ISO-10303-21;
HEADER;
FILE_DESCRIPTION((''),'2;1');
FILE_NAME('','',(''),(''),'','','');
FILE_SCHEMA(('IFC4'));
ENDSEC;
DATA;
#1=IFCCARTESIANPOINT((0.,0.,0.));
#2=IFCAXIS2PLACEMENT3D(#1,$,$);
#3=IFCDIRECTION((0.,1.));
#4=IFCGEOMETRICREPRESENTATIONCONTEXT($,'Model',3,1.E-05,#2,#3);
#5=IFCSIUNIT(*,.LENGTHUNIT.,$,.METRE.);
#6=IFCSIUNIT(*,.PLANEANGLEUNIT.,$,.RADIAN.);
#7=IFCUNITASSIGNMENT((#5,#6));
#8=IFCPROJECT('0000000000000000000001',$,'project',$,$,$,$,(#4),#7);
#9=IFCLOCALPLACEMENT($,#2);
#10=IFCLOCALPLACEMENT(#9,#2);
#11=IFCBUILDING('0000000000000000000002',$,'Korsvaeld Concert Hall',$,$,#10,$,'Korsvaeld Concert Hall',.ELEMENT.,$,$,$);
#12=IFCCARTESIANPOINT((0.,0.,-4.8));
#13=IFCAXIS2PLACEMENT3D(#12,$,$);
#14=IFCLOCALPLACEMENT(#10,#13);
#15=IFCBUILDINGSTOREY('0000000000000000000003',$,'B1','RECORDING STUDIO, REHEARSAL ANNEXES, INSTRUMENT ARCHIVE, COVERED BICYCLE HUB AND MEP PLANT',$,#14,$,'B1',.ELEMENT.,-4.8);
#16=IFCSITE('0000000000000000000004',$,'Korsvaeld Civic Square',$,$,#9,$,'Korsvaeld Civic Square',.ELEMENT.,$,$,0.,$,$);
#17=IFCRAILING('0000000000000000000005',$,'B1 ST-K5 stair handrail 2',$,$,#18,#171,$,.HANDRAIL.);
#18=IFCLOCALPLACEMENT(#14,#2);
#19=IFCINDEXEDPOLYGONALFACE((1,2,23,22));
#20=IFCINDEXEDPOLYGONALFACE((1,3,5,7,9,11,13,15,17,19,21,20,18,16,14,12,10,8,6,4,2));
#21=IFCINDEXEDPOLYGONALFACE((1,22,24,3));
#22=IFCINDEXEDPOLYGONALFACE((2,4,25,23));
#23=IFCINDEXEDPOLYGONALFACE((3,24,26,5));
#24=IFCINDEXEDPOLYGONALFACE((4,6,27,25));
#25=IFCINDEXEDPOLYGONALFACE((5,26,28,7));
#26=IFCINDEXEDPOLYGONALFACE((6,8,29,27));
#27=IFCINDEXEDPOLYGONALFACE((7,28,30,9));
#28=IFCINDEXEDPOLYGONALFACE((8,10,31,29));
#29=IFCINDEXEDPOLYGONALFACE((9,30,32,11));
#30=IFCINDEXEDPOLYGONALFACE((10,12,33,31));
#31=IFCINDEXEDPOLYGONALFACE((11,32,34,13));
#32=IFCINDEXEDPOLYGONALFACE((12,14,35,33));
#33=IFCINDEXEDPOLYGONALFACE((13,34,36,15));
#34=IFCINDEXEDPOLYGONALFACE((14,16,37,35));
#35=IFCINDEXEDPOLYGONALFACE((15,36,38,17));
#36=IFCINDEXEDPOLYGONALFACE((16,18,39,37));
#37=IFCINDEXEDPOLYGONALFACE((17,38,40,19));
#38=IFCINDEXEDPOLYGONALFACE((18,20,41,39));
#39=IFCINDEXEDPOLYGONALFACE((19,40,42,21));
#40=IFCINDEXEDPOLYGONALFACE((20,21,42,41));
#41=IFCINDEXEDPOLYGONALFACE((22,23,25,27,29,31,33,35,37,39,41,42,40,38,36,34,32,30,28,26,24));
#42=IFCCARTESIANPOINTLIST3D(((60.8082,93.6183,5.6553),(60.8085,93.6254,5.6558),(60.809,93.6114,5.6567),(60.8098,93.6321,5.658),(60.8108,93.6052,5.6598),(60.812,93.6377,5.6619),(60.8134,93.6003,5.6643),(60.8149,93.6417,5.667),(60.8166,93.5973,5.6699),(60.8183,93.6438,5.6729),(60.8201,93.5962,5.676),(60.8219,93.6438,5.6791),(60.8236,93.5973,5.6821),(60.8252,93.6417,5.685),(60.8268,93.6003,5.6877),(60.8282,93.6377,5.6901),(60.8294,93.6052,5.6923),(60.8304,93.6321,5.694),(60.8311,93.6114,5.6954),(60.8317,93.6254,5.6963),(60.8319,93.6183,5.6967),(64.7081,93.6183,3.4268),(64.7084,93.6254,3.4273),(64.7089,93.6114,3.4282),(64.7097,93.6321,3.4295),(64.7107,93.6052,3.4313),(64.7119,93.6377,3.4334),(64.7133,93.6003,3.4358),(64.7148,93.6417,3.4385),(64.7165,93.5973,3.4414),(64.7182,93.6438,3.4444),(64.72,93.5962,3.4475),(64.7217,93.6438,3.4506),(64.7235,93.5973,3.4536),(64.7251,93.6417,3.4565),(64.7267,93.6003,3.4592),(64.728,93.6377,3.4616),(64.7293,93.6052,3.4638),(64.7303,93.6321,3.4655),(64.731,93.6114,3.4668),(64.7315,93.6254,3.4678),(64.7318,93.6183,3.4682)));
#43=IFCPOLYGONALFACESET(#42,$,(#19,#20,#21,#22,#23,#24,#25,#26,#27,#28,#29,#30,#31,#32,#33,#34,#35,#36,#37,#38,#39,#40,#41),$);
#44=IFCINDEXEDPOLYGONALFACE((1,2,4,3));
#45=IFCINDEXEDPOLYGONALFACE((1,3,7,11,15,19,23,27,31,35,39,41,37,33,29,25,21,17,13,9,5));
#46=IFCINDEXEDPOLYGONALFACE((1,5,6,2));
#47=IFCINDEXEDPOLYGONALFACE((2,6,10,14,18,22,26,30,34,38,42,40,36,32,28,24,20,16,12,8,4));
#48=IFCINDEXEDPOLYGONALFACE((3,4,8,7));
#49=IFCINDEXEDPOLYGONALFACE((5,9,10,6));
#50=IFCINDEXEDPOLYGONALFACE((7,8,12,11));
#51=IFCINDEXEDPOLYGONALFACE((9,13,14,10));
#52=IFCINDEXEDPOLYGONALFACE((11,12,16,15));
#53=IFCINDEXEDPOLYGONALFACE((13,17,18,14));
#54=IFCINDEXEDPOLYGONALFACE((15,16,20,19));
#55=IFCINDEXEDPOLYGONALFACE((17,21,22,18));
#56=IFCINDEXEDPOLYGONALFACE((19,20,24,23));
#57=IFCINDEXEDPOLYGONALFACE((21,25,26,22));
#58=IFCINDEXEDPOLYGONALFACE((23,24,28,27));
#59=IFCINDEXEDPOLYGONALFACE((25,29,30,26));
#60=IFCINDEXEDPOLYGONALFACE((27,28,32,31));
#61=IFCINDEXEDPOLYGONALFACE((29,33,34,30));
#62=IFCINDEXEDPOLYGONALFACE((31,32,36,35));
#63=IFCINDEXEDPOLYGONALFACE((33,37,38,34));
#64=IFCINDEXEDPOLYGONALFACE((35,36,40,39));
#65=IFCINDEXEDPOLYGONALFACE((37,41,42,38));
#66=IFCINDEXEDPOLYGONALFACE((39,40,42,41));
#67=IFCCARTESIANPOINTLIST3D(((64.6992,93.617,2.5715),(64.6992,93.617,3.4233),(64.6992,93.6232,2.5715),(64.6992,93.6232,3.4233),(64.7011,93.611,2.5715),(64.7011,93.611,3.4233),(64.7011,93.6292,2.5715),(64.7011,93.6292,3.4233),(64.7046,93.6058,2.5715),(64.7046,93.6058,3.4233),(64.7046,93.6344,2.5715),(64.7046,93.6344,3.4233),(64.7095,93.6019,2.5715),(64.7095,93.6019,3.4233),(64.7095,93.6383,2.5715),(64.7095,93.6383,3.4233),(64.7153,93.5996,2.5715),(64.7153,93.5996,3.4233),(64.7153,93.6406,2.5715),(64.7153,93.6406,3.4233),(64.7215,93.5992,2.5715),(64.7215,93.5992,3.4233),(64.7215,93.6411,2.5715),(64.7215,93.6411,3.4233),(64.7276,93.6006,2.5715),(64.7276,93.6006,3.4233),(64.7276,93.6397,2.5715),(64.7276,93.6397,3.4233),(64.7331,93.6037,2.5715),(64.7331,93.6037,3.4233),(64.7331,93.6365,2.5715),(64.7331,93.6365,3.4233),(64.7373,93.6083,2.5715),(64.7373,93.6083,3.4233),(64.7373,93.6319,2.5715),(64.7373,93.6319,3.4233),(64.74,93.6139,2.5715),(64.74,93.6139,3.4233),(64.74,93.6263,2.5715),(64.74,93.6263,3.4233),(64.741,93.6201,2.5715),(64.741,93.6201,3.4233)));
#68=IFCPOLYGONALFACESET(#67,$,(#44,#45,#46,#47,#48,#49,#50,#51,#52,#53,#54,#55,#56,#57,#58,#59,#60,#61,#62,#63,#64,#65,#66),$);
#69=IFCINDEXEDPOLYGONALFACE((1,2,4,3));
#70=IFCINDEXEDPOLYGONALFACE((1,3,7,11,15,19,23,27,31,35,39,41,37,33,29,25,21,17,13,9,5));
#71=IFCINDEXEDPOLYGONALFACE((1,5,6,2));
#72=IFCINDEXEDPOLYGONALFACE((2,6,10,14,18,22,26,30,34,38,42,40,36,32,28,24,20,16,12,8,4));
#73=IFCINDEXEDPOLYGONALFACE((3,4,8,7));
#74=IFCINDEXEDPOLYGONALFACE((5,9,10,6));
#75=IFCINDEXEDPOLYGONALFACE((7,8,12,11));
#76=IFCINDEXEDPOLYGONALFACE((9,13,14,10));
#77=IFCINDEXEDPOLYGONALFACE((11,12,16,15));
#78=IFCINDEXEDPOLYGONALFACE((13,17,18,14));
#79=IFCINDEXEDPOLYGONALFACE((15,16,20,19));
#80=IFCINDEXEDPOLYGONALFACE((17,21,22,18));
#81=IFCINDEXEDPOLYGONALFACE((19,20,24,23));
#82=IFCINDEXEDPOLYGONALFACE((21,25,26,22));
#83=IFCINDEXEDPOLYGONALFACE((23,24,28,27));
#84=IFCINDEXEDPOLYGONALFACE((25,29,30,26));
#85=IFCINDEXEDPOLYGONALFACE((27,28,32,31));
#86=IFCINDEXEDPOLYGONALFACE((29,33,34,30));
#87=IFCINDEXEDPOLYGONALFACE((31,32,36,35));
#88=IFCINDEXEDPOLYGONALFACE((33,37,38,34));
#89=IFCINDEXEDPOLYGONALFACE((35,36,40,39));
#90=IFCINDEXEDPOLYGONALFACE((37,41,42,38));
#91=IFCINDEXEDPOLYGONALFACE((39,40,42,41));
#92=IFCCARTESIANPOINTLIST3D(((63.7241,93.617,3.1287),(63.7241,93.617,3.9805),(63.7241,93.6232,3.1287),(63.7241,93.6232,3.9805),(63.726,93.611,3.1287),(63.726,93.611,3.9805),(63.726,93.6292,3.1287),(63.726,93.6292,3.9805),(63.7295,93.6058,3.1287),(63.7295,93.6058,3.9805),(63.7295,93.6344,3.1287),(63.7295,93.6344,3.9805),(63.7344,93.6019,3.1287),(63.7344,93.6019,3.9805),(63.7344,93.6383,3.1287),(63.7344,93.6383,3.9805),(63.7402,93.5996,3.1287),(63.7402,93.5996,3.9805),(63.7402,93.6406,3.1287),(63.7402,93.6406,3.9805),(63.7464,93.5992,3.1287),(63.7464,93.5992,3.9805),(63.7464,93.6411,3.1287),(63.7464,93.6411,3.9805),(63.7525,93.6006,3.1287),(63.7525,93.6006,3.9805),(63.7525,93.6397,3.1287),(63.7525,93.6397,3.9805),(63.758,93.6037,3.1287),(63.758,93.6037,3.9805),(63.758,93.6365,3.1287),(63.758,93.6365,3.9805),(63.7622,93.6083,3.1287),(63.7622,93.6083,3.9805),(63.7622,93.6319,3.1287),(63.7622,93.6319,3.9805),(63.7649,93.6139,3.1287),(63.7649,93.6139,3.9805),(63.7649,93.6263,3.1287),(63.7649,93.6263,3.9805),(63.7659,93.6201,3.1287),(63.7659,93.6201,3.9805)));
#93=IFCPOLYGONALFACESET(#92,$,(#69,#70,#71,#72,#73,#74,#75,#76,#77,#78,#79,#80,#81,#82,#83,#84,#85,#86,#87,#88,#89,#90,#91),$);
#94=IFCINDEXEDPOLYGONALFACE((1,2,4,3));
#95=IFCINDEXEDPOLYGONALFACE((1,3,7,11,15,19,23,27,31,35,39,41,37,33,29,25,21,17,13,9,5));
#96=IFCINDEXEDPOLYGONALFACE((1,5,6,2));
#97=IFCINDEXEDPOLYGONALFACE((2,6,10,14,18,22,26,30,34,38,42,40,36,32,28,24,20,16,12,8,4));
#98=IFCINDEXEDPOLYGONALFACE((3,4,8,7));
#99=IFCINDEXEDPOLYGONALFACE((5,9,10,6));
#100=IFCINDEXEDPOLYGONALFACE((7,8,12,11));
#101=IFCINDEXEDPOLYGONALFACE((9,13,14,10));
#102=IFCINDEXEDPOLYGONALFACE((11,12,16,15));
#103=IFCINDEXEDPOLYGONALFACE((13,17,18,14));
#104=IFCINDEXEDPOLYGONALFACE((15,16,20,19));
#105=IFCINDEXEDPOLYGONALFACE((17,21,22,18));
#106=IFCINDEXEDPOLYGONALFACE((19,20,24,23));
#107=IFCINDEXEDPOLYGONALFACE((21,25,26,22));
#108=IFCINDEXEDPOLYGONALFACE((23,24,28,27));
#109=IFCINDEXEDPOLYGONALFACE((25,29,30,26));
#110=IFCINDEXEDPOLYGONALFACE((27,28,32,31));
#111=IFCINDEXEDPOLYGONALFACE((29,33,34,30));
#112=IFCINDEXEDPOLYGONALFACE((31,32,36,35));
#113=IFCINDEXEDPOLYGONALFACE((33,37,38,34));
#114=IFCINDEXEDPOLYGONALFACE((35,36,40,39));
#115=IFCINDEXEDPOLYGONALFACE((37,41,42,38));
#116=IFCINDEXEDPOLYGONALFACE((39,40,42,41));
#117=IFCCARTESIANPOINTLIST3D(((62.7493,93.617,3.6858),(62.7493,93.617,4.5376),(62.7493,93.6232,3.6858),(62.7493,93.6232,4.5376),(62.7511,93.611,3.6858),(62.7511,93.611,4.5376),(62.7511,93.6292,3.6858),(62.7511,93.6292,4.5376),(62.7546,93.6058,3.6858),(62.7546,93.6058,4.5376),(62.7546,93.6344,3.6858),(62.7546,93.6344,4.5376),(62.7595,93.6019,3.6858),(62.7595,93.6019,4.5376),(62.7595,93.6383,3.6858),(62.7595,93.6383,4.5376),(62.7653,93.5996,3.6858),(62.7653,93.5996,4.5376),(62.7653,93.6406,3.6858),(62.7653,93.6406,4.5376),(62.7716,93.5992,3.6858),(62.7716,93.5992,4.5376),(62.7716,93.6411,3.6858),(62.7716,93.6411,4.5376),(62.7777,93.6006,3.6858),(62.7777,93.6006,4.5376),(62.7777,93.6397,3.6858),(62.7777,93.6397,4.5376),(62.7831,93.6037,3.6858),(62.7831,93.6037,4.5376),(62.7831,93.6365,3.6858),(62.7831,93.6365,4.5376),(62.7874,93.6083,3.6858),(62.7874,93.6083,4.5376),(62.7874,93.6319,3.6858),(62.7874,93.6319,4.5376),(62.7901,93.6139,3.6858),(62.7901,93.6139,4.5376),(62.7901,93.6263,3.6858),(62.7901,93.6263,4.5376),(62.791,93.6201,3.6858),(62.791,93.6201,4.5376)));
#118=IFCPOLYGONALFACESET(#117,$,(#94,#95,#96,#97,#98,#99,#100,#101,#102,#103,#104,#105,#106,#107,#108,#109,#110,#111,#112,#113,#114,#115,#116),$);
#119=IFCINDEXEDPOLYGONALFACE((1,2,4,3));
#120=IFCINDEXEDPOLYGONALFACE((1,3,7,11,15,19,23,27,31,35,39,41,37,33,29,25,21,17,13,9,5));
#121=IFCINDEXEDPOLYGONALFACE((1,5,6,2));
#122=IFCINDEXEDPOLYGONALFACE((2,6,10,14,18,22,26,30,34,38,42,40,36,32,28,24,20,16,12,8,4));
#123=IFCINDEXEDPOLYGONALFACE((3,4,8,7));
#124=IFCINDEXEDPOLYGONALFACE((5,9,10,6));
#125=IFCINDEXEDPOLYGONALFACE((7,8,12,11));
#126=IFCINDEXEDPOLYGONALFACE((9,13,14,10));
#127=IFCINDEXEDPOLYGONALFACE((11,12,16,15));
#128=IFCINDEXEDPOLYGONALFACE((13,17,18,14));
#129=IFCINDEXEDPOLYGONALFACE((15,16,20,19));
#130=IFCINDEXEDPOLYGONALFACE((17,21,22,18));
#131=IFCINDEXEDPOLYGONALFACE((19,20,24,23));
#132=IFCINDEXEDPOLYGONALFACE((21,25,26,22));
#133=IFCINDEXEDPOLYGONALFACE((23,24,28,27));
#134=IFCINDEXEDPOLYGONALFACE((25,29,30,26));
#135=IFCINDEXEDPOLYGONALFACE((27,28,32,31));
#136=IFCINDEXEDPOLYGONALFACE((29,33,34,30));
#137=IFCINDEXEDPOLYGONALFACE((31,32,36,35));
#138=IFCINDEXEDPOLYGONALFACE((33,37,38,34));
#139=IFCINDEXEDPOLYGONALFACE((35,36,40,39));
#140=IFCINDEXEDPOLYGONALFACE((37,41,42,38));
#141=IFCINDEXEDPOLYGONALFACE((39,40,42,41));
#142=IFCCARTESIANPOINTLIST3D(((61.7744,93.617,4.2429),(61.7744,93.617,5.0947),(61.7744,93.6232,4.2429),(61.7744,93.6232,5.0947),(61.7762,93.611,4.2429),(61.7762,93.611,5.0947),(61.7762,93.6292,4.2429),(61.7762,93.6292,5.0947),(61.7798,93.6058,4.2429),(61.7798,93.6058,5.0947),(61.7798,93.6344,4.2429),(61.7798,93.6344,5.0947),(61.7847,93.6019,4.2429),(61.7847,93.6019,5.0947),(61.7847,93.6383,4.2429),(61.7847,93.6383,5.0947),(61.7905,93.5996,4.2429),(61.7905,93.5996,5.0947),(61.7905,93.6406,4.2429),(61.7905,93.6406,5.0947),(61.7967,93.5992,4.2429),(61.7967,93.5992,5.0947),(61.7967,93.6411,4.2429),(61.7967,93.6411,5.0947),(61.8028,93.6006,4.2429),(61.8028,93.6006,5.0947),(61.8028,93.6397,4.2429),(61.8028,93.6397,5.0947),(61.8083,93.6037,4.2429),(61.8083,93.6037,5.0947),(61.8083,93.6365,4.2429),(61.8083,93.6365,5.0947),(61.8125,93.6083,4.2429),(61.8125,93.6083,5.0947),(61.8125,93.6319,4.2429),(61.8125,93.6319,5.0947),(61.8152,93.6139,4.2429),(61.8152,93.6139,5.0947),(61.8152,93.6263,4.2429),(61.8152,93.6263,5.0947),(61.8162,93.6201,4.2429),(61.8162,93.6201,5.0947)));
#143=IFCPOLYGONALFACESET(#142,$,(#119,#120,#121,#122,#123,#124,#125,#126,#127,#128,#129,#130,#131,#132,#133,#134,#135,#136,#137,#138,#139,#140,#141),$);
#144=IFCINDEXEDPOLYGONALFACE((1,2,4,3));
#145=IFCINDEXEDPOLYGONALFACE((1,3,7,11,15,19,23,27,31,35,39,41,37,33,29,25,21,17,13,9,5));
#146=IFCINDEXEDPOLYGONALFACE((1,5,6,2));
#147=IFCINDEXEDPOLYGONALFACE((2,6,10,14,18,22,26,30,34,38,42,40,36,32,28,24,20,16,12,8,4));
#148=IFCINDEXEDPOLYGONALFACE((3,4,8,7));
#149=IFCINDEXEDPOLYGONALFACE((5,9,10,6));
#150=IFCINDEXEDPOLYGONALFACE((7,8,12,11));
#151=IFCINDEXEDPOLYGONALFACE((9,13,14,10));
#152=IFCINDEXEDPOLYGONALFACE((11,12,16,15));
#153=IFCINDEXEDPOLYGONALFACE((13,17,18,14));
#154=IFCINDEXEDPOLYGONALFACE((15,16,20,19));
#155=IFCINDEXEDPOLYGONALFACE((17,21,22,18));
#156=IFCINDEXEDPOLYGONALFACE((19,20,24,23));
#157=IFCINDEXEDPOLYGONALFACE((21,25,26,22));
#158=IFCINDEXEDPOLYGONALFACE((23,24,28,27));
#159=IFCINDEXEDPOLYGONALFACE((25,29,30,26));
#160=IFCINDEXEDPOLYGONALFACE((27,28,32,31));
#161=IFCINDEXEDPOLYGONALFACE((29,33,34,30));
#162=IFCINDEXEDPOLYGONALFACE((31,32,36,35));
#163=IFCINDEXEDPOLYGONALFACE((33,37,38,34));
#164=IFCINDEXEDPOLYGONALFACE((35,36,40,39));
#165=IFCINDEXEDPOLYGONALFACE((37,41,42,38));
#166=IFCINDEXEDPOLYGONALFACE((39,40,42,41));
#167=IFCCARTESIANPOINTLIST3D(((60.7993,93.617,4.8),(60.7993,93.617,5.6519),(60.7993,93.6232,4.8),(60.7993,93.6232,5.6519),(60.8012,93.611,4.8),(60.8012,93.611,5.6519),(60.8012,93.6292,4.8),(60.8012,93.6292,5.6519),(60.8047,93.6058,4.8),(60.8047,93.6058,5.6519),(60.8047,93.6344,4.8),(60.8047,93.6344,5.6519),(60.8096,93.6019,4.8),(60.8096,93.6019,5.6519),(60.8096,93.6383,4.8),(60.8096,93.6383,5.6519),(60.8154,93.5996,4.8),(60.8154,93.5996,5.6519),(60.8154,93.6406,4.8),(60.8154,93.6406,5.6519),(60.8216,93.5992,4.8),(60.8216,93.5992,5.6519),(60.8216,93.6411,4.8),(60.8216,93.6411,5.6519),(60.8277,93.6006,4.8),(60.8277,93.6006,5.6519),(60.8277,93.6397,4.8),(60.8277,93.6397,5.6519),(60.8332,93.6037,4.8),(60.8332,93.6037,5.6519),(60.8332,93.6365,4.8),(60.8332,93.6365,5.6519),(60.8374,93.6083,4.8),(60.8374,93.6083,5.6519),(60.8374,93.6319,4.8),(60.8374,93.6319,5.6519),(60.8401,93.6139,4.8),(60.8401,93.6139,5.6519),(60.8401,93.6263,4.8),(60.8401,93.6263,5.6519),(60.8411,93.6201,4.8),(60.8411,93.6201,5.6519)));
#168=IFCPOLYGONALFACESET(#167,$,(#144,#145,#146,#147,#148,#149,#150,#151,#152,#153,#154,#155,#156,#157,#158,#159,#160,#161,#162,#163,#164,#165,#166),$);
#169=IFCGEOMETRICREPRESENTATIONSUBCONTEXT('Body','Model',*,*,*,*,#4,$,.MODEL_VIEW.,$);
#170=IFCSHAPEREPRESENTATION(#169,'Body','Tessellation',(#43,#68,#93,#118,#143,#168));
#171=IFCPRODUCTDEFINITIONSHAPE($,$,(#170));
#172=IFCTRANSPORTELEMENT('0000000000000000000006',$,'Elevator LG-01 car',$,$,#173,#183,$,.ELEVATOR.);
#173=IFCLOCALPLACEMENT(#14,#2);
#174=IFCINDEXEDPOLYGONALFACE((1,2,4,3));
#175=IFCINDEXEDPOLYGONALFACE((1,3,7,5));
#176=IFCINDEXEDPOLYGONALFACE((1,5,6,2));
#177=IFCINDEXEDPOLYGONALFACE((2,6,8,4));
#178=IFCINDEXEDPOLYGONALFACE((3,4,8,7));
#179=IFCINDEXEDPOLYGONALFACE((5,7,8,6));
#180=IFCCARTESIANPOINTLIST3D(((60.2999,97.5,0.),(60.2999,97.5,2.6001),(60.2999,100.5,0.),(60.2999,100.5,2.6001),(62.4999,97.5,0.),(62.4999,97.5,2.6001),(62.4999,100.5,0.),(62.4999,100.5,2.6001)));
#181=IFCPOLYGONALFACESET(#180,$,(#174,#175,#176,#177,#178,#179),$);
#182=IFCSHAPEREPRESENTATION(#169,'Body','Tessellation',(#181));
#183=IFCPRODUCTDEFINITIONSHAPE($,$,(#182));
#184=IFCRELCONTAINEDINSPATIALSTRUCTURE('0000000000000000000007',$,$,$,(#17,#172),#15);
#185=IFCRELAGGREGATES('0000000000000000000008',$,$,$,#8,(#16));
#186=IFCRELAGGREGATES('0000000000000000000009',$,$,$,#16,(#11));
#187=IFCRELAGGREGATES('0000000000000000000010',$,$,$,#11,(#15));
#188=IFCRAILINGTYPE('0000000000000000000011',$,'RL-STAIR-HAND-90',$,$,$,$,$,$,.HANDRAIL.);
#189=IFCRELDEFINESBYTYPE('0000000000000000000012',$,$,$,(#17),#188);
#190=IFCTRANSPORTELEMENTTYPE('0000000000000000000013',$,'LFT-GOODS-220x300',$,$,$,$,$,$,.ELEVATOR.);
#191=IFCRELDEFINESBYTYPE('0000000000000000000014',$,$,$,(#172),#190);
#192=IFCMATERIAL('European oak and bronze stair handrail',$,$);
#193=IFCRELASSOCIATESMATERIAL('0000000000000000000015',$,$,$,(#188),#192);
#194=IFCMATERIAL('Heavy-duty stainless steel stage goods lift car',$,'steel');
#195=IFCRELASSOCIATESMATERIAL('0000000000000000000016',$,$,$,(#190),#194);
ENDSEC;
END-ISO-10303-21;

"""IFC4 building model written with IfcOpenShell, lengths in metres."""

from ifc_helpers import new_model, si_unit, direction, frame, origin, origin_2d, place, context, subcontext, project, spatial, rectangle, circle, extrude, material, type_object, element, save


model = new_model("IFC4")

# Units and contexts
model_context = context("Model", 3, precision=1e-05, world=origin(), true_north=direction((0.0, 1.0)))
body_context = subcontext(model_context, "Body", "Model", "MODEL_VIEW")
ifc_project = project(units=[si_unit("LENGTHUNIT", "METRE"), si_unit("PLANEANGLEUNIT", "RADIAN")], contexts=[model_context])

# Site, building, storey
site_placement = place(None, origin())
site = spatial("IfcSite", under=ifc_project, at=site_placement, Name="Korsvaeld Civic Square", LongName="Korsvaeld Civic Square", CompositionType="ELEMENT", RefElevation=0.0)
building_placement = place(site_placement, origin())
building = spatial("IfcBuilding", under=site, at=building_placement, Name="Korsvaeld Concert Hall", LongName="Korsvaeld Concert Hall", CompositionType="ELEMENT")
storey_placement = place(building_placement, frame((0.0, 0.0, -4.8)))
storey = spatial("IfcBuildingStorey", under=building, at=storey_placement, Name="B1", Description="RECORDING STUDIO, REHEARSAL ANNEXES, INSTRUMENT ARCHIVE, COVERED BICYCLE HUB AND MEP PLANT", LongName="B1", CompositionType="ELEMENT", Elevation=-4.8)

# Railing
ifc_material_1 = material(Name="European oak and bronze stair handrail")
railing_type_1 = type_object("IfcRailingType", Name="RL-STAIR-HAND-90", PredefinedType="HANDRAIL", material=ifc_material_1)
railing_1_placement = place(storey_placement, frame((64.72, 93.6201, 2.5715)))
element("IfcRailing", 1, at=railing_1_placement, inside=storey, type_object=railing_type_1, Name="B1 ST-K5 stair handrail 2", PredefinedType="HANDRAIL", context=body_context, shape_type="SweptSolid", body=[
    extrude(circle(Radius=0.0239, at=origin_2d()), frame((0.0, 0.0, 0.876), z_axis=(-0.868243, 0.0, 0.496139), x_axis=(0.0, -1.0, 0.0)), (0.0, 0.0, 1.0), 4.4917),
    extrude(circle(Radius=0.021, at=origin_2d()), origin(), (0.0, 0.0, 1.0), 0.8518),
    extrude(circle(Radius=0.021, at=origin_2d()), frame((-0.9751, 0.0, 0.5571)), (0.0, 0.0, 1.0), 0.8518),
    extrude(circle(Radius=0.021, at=origin_2d()), frame((-1.95, 0.0, 1.1143)), (0.0, 0.0, 1.0), 0.8518),
    extrude(circle(Radius=0.021, at=origin_2d()), frame((-2.9248, 0.0, 1.6714)), (0.0, 0.0, 1.0), 0.8518),
    extrude(circle(Radius=0.021, at=origin_2d()), frame((-3.8999, 0.0, 2.2285)), (0.0, 0.0, 1.0), 0.8518),
])

# Transport element
ifc_material_2 = material(Name="Heavy-duty stainless steel stage goods lift car", Category="steel")
transport_element_type = type_object("IfcTransportElementType", Name="LFT-GOODS-220x300", PredefinedType="ELEVATOR", material=ifc_material_2)
transport_element_placement = place(storey_placement, frame((61.3999, 99.0, 0.0), z_axis=(0.0, 0.0, 1.0), x_axis=(1.0, 0.0, 0.0)))
element("IfcTransportElement", 2, at=transport_element_placement, inside=storey, type_object=transport_element_type, Name="Elevator LG-01 car", PredefinedType="ELEVATOR", context=body_context, shape_type="SweptSolid", body=[
    extrude(rectangle(XDim=2.2, YDim=3.0, at=origin_2d()), origin(), (0.0, 0.0, 1.0), 2.6001),
])

save(model, "model.ifc")
